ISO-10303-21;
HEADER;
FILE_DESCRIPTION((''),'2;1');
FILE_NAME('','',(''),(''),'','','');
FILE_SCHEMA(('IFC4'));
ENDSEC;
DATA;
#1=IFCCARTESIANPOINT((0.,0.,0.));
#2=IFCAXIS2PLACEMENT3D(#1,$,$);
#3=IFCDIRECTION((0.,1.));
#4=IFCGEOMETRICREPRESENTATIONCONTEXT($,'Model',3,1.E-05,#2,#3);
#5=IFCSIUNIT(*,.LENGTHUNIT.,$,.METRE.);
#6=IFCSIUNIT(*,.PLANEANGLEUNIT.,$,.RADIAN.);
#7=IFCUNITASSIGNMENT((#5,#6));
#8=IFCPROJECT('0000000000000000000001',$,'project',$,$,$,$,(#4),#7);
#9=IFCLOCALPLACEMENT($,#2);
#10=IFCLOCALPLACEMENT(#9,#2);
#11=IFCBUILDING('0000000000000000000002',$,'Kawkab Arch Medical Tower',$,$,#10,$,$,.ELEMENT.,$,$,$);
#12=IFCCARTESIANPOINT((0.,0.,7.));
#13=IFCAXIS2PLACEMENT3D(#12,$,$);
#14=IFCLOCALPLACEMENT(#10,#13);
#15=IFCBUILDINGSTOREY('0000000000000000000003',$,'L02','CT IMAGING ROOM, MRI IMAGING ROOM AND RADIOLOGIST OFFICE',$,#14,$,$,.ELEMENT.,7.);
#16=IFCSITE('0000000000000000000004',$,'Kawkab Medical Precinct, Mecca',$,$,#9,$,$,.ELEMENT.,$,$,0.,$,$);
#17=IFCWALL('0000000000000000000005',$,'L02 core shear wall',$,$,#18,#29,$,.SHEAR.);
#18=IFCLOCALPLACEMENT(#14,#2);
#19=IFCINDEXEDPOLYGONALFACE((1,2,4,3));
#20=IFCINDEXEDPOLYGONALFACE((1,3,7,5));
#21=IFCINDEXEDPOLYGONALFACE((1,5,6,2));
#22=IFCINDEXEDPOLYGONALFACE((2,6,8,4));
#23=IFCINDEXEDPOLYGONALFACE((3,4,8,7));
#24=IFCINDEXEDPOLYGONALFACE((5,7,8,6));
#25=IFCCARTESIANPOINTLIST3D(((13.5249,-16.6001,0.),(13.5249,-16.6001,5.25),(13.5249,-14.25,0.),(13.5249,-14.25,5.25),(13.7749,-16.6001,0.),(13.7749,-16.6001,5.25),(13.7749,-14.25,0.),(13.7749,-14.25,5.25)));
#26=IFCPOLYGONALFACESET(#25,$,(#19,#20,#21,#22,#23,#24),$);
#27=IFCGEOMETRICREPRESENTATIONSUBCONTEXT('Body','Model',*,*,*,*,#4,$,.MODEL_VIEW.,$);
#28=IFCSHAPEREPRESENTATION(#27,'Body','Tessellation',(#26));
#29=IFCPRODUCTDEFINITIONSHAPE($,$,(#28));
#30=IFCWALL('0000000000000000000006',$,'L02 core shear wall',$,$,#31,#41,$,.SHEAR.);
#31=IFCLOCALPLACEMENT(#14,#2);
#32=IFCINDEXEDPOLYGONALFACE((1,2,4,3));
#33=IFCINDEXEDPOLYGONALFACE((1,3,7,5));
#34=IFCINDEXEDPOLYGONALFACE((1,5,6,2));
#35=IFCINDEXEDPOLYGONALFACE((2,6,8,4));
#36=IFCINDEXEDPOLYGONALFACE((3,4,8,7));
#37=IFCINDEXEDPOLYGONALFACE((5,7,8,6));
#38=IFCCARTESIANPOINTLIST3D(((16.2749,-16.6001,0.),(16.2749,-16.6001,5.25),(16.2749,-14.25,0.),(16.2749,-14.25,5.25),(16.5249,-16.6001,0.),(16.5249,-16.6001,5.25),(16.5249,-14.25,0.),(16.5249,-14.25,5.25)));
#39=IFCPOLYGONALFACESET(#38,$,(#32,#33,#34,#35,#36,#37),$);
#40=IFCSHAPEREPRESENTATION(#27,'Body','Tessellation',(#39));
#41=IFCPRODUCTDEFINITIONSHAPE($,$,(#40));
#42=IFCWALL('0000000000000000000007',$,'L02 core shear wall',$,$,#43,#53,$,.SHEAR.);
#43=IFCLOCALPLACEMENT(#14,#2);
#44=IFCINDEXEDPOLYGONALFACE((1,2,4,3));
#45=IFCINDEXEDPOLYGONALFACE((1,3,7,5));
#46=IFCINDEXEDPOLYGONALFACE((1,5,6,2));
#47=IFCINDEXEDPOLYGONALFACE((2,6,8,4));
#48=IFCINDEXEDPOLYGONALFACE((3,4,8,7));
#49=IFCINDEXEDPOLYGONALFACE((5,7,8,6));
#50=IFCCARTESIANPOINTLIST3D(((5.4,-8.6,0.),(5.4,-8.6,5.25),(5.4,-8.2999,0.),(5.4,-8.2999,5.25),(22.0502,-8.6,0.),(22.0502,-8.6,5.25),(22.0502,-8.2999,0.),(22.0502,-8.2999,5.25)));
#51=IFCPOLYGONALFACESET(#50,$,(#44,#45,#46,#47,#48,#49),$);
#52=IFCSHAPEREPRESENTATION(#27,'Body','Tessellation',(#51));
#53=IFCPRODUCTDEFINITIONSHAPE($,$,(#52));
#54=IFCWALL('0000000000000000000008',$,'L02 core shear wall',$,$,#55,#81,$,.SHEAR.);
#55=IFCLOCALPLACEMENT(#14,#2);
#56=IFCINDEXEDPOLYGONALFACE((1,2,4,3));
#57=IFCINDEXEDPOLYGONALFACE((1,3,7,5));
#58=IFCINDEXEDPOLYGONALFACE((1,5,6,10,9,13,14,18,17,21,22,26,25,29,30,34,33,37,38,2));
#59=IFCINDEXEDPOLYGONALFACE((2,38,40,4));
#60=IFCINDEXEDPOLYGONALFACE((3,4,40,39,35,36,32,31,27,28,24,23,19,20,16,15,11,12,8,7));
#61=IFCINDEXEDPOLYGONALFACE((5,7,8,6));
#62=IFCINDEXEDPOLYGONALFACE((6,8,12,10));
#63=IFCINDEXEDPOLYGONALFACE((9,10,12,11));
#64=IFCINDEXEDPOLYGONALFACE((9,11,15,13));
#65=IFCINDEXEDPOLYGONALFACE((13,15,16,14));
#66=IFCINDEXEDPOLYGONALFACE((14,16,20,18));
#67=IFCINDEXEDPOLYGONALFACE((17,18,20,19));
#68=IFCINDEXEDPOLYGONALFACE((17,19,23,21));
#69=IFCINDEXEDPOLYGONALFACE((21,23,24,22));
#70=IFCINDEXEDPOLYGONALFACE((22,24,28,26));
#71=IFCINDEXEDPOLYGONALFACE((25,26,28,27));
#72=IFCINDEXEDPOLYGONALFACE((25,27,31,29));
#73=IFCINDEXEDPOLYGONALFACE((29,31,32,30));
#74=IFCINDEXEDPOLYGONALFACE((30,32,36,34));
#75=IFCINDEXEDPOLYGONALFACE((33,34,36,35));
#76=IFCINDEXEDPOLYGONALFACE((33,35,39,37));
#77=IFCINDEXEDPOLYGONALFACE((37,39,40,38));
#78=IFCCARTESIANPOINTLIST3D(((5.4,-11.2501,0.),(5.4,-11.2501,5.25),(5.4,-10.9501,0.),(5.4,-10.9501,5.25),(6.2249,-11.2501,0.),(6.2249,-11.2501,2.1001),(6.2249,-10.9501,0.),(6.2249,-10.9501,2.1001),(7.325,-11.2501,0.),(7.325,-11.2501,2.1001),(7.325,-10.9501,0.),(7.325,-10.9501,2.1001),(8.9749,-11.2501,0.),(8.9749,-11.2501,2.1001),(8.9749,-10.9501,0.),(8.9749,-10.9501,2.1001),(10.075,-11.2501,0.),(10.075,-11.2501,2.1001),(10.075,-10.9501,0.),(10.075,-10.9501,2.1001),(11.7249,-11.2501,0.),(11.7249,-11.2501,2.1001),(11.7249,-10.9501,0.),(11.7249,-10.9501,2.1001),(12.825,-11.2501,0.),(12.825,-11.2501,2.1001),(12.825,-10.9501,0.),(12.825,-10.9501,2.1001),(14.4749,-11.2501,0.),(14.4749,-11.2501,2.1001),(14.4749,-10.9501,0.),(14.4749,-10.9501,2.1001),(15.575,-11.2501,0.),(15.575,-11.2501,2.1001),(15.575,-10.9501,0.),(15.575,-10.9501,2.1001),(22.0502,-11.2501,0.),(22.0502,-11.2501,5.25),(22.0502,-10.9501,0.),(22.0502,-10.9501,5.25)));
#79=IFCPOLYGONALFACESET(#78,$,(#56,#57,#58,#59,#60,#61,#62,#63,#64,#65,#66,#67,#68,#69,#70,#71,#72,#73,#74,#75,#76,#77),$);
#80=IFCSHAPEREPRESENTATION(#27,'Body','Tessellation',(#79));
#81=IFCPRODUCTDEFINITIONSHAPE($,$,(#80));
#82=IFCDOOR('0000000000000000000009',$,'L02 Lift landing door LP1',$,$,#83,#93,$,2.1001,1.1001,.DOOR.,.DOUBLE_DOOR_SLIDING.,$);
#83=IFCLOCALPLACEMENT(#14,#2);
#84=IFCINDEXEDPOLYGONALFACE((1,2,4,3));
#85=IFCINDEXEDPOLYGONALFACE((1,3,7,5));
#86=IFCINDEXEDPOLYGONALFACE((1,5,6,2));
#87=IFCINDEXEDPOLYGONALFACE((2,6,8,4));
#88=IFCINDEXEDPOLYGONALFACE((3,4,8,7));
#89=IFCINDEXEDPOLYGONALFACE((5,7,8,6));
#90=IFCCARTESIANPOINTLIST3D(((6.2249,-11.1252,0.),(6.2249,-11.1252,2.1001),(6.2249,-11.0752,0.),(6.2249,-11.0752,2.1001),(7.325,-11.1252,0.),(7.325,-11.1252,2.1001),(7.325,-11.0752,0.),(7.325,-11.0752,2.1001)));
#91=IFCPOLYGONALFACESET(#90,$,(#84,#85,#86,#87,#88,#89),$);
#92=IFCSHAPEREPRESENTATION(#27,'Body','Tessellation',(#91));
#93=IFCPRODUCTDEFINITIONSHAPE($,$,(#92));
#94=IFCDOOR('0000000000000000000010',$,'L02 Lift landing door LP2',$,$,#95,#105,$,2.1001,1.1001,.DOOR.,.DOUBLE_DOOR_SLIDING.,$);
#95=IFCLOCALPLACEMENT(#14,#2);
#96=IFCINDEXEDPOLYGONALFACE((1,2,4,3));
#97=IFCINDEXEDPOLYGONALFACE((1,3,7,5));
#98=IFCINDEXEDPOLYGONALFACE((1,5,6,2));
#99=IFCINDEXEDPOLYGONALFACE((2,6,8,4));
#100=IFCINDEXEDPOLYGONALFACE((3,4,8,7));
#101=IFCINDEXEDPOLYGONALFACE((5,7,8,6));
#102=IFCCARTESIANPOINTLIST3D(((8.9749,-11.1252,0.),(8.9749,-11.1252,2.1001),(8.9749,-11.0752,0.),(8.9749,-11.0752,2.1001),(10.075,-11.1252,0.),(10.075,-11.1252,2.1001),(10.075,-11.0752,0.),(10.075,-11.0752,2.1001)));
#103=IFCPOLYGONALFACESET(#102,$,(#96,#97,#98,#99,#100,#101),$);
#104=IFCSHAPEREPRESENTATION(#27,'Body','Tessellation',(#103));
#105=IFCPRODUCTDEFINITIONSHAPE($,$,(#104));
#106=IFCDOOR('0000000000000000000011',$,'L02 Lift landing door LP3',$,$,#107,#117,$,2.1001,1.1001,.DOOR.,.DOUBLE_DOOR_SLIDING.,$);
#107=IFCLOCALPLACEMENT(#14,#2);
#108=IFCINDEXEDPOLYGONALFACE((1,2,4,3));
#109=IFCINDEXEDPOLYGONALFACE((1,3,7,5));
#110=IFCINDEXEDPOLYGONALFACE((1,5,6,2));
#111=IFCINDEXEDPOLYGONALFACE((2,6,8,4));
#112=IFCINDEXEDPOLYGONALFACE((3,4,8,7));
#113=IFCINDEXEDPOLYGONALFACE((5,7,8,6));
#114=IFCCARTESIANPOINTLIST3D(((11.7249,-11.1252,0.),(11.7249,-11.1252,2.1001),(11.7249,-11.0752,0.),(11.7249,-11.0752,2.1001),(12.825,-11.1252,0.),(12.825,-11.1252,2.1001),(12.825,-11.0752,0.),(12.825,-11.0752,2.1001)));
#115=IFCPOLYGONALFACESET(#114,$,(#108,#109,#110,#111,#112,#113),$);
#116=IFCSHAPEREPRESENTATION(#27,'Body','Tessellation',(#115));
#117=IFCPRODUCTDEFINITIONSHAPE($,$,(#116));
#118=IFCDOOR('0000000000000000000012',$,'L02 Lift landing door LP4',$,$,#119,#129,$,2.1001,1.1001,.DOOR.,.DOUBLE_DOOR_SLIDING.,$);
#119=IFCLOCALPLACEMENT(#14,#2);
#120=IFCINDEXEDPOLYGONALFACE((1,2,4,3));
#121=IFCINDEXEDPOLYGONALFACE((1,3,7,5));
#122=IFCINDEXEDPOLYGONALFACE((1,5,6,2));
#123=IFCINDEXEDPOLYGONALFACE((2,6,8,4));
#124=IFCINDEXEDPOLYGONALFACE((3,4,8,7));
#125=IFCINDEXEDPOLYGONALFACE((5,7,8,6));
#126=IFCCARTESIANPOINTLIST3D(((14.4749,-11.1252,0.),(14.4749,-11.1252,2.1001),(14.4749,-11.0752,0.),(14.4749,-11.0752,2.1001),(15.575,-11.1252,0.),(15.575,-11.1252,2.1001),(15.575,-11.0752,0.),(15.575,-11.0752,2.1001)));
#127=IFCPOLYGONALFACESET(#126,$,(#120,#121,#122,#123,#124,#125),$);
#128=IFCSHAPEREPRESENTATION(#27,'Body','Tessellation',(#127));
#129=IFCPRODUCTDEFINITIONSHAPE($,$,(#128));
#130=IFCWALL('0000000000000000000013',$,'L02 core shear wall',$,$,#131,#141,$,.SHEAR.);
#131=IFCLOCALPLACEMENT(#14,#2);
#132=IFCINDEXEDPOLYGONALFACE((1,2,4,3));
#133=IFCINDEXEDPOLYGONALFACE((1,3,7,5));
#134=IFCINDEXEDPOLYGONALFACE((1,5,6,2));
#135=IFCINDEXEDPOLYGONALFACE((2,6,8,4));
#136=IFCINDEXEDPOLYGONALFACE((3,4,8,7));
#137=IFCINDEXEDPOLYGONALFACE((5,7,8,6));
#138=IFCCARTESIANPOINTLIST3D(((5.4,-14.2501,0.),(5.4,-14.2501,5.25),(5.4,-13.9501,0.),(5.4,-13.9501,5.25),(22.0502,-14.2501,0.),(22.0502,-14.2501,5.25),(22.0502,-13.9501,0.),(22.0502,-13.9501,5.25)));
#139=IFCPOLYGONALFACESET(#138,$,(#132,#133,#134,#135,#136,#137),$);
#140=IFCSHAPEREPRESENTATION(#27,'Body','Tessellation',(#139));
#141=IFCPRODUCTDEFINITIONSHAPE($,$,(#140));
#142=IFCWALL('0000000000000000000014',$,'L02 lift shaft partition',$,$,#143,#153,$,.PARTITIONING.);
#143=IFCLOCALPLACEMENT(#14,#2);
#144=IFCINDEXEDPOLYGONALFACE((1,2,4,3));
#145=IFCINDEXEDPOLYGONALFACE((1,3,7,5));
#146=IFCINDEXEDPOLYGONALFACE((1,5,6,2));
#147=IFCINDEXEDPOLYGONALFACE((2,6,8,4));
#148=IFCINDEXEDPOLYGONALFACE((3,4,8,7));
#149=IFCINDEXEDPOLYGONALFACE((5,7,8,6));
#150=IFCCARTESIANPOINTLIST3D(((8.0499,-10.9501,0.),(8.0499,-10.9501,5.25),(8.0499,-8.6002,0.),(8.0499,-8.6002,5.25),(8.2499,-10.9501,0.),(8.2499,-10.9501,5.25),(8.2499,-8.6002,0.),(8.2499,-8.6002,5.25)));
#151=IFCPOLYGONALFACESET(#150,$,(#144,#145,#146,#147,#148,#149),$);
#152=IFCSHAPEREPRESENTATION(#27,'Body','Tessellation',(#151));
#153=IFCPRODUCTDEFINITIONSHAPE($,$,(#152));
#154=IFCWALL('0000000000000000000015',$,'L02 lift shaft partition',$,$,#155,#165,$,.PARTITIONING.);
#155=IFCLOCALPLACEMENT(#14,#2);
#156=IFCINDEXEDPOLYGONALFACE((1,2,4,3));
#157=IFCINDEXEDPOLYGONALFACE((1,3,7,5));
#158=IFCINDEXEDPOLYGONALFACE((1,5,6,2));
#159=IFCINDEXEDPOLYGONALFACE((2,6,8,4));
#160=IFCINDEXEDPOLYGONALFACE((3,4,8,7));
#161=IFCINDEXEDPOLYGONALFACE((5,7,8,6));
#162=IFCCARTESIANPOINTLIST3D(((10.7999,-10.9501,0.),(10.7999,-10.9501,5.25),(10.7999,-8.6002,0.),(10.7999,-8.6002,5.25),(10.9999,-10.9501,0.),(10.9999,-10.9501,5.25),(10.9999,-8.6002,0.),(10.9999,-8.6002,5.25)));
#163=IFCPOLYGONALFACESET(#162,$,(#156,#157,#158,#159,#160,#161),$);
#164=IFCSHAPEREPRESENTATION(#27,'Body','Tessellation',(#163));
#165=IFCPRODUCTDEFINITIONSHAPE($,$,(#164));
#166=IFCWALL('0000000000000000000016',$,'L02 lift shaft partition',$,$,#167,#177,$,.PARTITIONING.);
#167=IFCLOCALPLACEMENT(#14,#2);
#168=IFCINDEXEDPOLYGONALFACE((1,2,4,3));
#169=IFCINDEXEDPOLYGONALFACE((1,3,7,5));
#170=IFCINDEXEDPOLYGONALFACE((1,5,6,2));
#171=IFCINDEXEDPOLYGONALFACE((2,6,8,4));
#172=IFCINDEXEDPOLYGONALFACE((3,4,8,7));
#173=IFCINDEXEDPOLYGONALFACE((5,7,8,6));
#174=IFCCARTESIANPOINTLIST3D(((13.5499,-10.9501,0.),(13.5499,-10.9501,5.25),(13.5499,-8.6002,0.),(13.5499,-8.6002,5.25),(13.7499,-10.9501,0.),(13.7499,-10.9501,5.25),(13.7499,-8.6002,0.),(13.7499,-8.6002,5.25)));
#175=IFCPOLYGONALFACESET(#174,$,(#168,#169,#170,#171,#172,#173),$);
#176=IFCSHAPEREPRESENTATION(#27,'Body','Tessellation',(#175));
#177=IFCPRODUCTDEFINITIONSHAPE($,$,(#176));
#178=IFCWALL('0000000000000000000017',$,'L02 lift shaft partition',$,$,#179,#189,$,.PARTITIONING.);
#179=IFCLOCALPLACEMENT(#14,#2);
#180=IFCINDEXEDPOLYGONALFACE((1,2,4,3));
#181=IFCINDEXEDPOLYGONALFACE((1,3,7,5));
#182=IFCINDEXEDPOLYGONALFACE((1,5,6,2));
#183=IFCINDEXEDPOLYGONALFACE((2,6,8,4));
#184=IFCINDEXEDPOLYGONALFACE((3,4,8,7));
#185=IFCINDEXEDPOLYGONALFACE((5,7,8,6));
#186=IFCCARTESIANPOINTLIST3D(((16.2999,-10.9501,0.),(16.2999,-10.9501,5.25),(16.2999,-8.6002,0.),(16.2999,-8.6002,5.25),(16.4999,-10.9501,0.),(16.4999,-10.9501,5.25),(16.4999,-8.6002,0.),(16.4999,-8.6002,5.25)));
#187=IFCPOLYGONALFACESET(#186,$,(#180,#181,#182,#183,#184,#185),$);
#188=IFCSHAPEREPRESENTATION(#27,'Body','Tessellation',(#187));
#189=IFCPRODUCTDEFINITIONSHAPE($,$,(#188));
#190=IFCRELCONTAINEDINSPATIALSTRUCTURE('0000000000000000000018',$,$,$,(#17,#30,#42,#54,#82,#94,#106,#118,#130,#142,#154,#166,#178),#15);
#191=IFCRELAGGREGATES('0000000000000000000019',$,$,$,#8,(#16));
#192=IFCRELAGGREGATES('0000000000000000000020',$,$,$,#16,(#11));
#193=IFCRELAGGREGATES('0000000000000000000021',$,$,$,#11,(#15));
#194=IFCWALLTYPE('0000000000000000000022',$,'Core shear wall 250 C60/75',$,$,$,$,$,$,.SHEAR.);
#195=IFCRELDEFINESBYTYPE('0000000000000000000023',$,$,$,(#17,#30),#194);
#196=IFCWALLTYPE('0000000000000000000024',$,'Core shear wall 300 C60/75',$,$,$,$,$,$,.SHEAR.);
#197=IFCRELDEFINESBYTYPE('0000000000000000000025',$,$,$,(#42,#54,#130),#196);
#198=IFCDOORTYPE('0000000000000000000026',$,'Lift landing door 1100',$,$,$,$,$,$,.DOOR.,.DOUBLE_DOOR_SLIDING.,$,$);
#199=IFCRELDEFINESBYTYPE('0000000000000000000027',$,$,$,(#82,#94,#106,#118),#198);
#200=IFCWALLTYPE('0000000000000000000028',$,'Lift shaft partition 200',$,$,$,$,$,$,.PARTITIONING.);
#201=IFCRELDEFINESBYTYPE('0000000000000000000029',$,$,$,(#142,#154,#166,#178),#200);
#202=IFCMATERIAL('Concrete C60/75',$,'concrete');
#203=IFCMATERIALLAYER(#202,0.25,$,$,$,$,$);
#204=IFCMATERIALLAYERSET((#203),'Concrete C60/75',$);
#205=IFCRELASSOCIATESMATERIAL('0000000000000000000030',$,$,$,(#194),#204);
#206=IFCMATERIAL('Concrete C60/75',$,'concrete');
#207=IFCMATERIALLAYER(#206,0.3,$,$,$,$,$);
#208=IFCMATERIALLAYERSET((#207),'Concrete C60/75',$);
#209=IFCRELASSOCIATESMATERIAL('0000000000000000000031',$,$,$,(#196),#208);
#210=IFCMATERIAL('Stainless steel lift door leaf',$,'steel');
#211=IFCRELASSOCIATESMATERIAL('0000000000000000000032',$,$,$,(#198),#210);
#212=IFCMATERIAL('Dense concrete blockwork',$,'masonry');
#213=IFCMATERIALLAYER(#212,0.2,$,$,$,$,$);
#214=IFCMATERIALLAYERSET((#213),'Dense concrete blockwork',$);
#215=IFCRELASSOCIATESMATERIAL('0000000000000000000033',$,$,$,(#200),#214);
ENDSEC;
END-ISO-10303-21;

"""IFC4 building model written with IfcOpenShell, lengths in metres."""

from ifc_helpers import new_model, si_unit, direction, frame, frame_2d, origin, place, context, subcontext, project, spatial, rectangle, extrude, material, layer, layer_set, type_object, element, fill, save


model = new_model("IFC4")

# Units and contexts
model_context = context("Model", 3, precision=1e-05, world=origin(), true_north=direction((0.0, 1.0)))
body_context = subcontext(model_context, "Body", "Model", "MODEL_VIEW")
ifc_project = project(units=[si_unit("LENGTHUNIT", "METRE"), si_unit("PLANEANGLEUNIT", "RADIAN")], contexts=[model_context])

# Site, building, storey
site_placement = place(None, origin())
site = spatial("IfcSite", under=ifc_project, at=site_placement, Name="Kawkab Medical Precinct, Mecca", CompositionType="ELEMENT", RefElevation=0.0)
building_placement = place(site_placement, origin())
building = spatial("IfcBuilding", under=site, at=building_placement, Name="Kawkab Arch Medical Tower", CompositionType="ELEMENT")
storey_placement = place(building_placement, frame((0.0, 0.0, 7.0)))
storey = spatial("IfcBuildingStorey", under=building, at=storey_placement, Name="L02", Description="CT IMAGING ROOM, MRI IMAGING ROOM AND RADIOLOGIST OFFICE", CompositionType="ELEMENT", Elevation=7.0)

# Walls
ifc_material_1 = material(Name="Concrete C60/75", Category="concrete")
ifc_layer_1 = layer(ifc_material_1, 0.25)
ifc_layer_set_1 = layer_set([ifc_layer_1], Name="Concrete C60/75")
wall_type_1 = type_object("IfcWallType", Name="Core shear wall 250 C60/75", PredefinedType="SHEAR", material=ifc_layer_set_1)
for number, where, z_axis, x_axis, name in (
    (1, (13.6499, -16.6001, 0.0), (0.0, 0.0, 1.0), (0.0, 1.0, 0.0), "L02 core shear wall"),
    (2, (16.3999, -16.6001, 0.0), (0.0, 0.0, 1.0), (0.0, 1.0, 0.0), "L02 core shear wall"),
):
    element("IfcWall", number, at=place(storey_placement, frame(where, z_axis=z_axis, x_axis=x_axis)), inside=storey, type_object=wall_type_1, Name=name, PredefinedType="SHEAR", context=body_context, shape_type="SweptSolid", body=[
        extrude(rectangle(XDim=2.3501, YDim=0.25, at=frame_2d((1.175, 0.0))), origin(), (0.0, 0.0, 1.0), 5.25),
    ])
ifc_material_2 = material(Name="Concrete C60/75", Category="concrete")
ifc_layer_2 = layer(ifc_material_2, 0.3)
ifc_layer_set_2 = layer_set([ifc_layer_2], Name="Concrete C60/75")
wall_type_2 = type_object("IfcWallType", Name="Core shear wall 300 C60/75", PredefinedType="SHEAR", material=ifc_layer_set_2)
wall_1_placement = place(storey_placement, frame((5.3999, -8.45, 0.0), z_axis=(0.0, 0.0, 1.0), x_axis=(1.0, 0.0, 0.0)))
element("IfcWall", 3, at=wall_1_placement, inside=storey, type_object=wall_type_2, Name="L02 core shear wall", PredefinedType="SHEAR", context=body_context, shape_type="SweptSolid", body=[
    extrude(rectangle(XDim=16.6501, YDim=0.3, at=frame_2d((8.3252, 0.0))), origin(), (0.0, 0.0, 1.0), 5.25),
])

# Wall, openings, doors
wall_2_placement = place(storey_placement, frame((5.3999, -11.1001, 0.0), z_axis=(0.0, 0.0, 1.0), x_axis=(1.0, 0.0, 0.0)))
wall_2 = element("IfcWall", 4, at=wall_2_placement, inside=storey, type_object=wall_type_2, Name="L02 core shear wall", PredefinedType="SHEAR", context=body_context, shape_type="SweptSolid", body=[
    extrude(rectangle(XDim=16.6501, YDim=0.3, at=frame_2d((8.3252, 0.0))), origin(), (0.0, 0.0, 1.0), 5.25),
])
opening_1_placement = place(wall_2_placement, frame((0.825, 0.0, 0.0)))
opening_1 = element("IfcOpeningElement", 5, at=opening_1_placement, cuts=wall_2, PredefinedType="OPENING", context=body_context, shape_type="SweptSolid", body=[
    extrude(rectangle(XDim=1.1001, YDim=2.1001, at=frame_2d((0.55, 1.05))), frame((0.0, 0.1599, 0.0), z_axis=(0.0, -1.0, 0.0), x_axis=(1.0, 0.0, 0.0)), (0.0, 0.0, 1.0), 0.3201),
])
opening_2_placement = place(wall_2_placement, frame((3.575, 0.0, 0.0)))
opening_2 = element("IfcOpeningElement", 6, at=opening_2_placement, cuts=wall_2, PredefinedType="OPENING", context=body_context, shape_type="SweptSolid", body=[
    extrude(rectangle(XDim=1.1001, YDim=2.1001, at=frame_2d((0.55, 1.05))), frame((0.0, 0.1599, 0.0), z_axis=(0.0, -1.0, 0.0), x_axis=(1.0, 0.0, 0.0)), (0.0, 0.0, 1.0), 0.3201),
])
opening_3_placement = place(wall_2_placement, frame((6.325, 0.0, 0.0)))
opening_3 = element("IfcOpeningElement", 7, at=opening_3_placement, cuts=wall_2, PredefinedType="OPENING", context=body_context, shape_type="SweptSolid", body=[
    extrude(rectangle(XDim=1.1001, YDim=2.1001, at=frame_2d((0.55, 1.05))), frame((0.0, 0.1599, 0.0), z_axis=(0.0, -1.0, 0.0), x_axis=(1.0, 0.0, 0.0)), (0.0, 0.0, 1.0), 0.3201),
])
opening_4_placement = place(wall_2_placement, frame((9.075, 0.0, 0.0)))
opening_4 = element("IfcOpeningElement", 8, at=opening_4_placement, cuts=wall_2, PredefinedType="OPENING", context=body_context, shape_type="SweptSolid", body=[
    extrude(rectangle(XDim=1.1001, YDim=2.1001, at=frame_2d((0.55, 1.05))), frame((0.0, 0.1599, 0.0), z_axis=(0.0, -1.0, 0.0), x_axis=(1.0, 0.0, 0.0)), (0.0, 0.0, 1.0), 0.3201),
])
ifc_material_3 = material(Name="Stainless steel lift door leaf", Category="steel")
door_type = type_object("IfcDoorType", Name="Lift landing door 1100", OperationType="DOUBLE_DOOR_SLIDING", PredefinedType="DOOR", material=ifc_material_3)
door_1_placement = place(opening_1_placement, origin())
door_1 = element("IfcDoor", 9, at=door_1_placement, inside=storey, type_object=door_type, Name="L02 Lift landing door LP1", OperationType="DOUBLE_DOOR_SLIDING", OverallHeight=2.1001, OverallWidth=1.1001, PredefinedType="DOOR", context=body_context, shape_type="SweptSolid", body=[
    extrude(rectangle(XDim=1.1001, YDim=2.1001, at=frame_2d((0.55, 1.05))), frame((0.0, 0.0249, 0.0), z_axis=(0.0, -1.0, 0.0), x_axis=(1.0, 0.0, 0.0)), (0.0, 0.0, 1.0), 0.05),
])
fill(opening_1, door_1)
door_2_placement = place(opening_2_placement, origin())
door_2 = element("IfcDoor", 10, at=door_2_placement, inside=storey, type_object=door_type, Name="L02 Lift landing door LP2", OperationType="DOUBLE_DOOR_SLIDING", OverallHeight=2.1001, OverallWidth=1.1001, PredefinedType="DOOR", context=body_context, shape_type="SweptSolid", body=[
    extrude(rectangle(XDim=1.1001, YDim=2.1001, at=frame_2d((0.55, 1.05))), frame((0.0, 0.0249, 0.0), z_axis=(0.0, -1.0, 0.0), x_axis=(1.0, 0.0, 0.0)), (0.0, 0.0, 1.0), 0.05),
])
fill(opening_2, door_2)
door_3_placement = place(opening_3_placement, origin())
door_3 = element("IfcDoor", 11, at=door_3_placement, inside=storey, type_object=door_type, Name="L02 Lift landing door LP3", OperationType="DOUBLE_DOOR_SLIDING", OverallHeight=2.1001, OverallWidth=1.1001, PredefinedType="DOOR", context=body_context, shape_type="SweptSolid", body=[
    extrude(rectangle(XDim=1.1001, YDim=2.1001, at=frame_2d((0.55, 1.05))), frame((0.0, 0.0249, 0.0), z_axis=(0.0, -1.0, 0.0), x_axis=(1.0, 0.0, 0.0)), (0.0, 0.0, 1.0), 0.05),
])
fill(opening_3, door_3)
door_4_placement = place(opening_4_placement, origin())
door_4 = element("IfcDoor", 12, at=door_4_placement, inside=storey, type_object=door_type, Name="L02 Lift landing door LP4", OperationType="DOUBLE_DOOR_SLIDING", OverallHeight=2.1001, OverallWidth=1.1001, PredefinedType="DOOR", context=body_context, shape_type="SweptSolid", body=[
    extrude(rectangle(XDim=1.1001, YDim=2.1001, at=frame_2d((0.55, 1.05))), frame((0.0, 0.0249, 0.0), z_axis=(0.0, -1.0, 0.0), x_axis=(1.0, 0.0, 0.0)), (0.0, 0.0, 1.0), 0.05),
])
fill(opening_4, door_4)

# Walls
wall_3_placement = place(storey_placement, frame((5.3999, -14.1001, 0.0), z_axis=(0.0, 0.0, 1.0), x_axis=(1.0, 0.0, 0.0)))
element("IfcWall", 13, at=wall_3_placement, inside=storey, type_object=wall_type_2, Name="L02 core shear wall", PredefinedType="SHEAR", context=body_context, shape_type="SweptSolid", body=[
    extrude(rectangle(XDim=16.6501, YDim=0.3, at=frame_2d((8.3252, 0.0))), origin(), (0.0, 0.0, 1.0), 5.25),
])
ifc_material_4 = material(Name="Dense concrete blockwork", Category="masonry")
ifc_layer_3 = layer(ifc_material_4, 0.2)
ifc_layer_set_3 = layer_set([ifc_layer_3], Name="Dense concrete blockwork")
wall_type_3 = type_object("IfcWallType", Name="Lift shaft partition 200", PredefinedType="PARTITIONING", material=ifc_layer_set_3)
for number, where, z_axis, x_axis, name in (
    (14, (8.1499, -10.95, 0.0), (0.0, 0.0, 1.0), (0.0, 1.0, 0.0), "L02 lift shaft partition"),
    (15, (10.8999, -10.95, 0.0), (0.0, 0.0, 1.0), (0.0, 1.0, 0.0), "L02 lift shaft partition"),
    (16, (13.6499, -10.95, 0.0), (0.0, 0.0, 1.0), (0.0, 1.0, 0.0), "L02 lift shaft partition"),
    (17, (16.3999, -10.95, 0.0), (0.0, 0.0, 1.0), (0.0, 1.0, 0.0), "L02 lift shaft partition"),
):
    element("IfcWall", number, at=place(storey_placement, frame(where, z_axis=z_axis, x_axis=x_axis)), inside=storey, type_object=wall_type_3, Name=name, PredefinedType="PARTITIONING", context=body_context, shape_type="SweptSolid", body=[
        extrude(rectangle(XDim=2.3499, YDim=0.2, at=frame_2d((1.1748, 0.0))), origin(), (0.0, 0.0, 1.0), 5.25),
    ])

save(model, "model.ifc")
